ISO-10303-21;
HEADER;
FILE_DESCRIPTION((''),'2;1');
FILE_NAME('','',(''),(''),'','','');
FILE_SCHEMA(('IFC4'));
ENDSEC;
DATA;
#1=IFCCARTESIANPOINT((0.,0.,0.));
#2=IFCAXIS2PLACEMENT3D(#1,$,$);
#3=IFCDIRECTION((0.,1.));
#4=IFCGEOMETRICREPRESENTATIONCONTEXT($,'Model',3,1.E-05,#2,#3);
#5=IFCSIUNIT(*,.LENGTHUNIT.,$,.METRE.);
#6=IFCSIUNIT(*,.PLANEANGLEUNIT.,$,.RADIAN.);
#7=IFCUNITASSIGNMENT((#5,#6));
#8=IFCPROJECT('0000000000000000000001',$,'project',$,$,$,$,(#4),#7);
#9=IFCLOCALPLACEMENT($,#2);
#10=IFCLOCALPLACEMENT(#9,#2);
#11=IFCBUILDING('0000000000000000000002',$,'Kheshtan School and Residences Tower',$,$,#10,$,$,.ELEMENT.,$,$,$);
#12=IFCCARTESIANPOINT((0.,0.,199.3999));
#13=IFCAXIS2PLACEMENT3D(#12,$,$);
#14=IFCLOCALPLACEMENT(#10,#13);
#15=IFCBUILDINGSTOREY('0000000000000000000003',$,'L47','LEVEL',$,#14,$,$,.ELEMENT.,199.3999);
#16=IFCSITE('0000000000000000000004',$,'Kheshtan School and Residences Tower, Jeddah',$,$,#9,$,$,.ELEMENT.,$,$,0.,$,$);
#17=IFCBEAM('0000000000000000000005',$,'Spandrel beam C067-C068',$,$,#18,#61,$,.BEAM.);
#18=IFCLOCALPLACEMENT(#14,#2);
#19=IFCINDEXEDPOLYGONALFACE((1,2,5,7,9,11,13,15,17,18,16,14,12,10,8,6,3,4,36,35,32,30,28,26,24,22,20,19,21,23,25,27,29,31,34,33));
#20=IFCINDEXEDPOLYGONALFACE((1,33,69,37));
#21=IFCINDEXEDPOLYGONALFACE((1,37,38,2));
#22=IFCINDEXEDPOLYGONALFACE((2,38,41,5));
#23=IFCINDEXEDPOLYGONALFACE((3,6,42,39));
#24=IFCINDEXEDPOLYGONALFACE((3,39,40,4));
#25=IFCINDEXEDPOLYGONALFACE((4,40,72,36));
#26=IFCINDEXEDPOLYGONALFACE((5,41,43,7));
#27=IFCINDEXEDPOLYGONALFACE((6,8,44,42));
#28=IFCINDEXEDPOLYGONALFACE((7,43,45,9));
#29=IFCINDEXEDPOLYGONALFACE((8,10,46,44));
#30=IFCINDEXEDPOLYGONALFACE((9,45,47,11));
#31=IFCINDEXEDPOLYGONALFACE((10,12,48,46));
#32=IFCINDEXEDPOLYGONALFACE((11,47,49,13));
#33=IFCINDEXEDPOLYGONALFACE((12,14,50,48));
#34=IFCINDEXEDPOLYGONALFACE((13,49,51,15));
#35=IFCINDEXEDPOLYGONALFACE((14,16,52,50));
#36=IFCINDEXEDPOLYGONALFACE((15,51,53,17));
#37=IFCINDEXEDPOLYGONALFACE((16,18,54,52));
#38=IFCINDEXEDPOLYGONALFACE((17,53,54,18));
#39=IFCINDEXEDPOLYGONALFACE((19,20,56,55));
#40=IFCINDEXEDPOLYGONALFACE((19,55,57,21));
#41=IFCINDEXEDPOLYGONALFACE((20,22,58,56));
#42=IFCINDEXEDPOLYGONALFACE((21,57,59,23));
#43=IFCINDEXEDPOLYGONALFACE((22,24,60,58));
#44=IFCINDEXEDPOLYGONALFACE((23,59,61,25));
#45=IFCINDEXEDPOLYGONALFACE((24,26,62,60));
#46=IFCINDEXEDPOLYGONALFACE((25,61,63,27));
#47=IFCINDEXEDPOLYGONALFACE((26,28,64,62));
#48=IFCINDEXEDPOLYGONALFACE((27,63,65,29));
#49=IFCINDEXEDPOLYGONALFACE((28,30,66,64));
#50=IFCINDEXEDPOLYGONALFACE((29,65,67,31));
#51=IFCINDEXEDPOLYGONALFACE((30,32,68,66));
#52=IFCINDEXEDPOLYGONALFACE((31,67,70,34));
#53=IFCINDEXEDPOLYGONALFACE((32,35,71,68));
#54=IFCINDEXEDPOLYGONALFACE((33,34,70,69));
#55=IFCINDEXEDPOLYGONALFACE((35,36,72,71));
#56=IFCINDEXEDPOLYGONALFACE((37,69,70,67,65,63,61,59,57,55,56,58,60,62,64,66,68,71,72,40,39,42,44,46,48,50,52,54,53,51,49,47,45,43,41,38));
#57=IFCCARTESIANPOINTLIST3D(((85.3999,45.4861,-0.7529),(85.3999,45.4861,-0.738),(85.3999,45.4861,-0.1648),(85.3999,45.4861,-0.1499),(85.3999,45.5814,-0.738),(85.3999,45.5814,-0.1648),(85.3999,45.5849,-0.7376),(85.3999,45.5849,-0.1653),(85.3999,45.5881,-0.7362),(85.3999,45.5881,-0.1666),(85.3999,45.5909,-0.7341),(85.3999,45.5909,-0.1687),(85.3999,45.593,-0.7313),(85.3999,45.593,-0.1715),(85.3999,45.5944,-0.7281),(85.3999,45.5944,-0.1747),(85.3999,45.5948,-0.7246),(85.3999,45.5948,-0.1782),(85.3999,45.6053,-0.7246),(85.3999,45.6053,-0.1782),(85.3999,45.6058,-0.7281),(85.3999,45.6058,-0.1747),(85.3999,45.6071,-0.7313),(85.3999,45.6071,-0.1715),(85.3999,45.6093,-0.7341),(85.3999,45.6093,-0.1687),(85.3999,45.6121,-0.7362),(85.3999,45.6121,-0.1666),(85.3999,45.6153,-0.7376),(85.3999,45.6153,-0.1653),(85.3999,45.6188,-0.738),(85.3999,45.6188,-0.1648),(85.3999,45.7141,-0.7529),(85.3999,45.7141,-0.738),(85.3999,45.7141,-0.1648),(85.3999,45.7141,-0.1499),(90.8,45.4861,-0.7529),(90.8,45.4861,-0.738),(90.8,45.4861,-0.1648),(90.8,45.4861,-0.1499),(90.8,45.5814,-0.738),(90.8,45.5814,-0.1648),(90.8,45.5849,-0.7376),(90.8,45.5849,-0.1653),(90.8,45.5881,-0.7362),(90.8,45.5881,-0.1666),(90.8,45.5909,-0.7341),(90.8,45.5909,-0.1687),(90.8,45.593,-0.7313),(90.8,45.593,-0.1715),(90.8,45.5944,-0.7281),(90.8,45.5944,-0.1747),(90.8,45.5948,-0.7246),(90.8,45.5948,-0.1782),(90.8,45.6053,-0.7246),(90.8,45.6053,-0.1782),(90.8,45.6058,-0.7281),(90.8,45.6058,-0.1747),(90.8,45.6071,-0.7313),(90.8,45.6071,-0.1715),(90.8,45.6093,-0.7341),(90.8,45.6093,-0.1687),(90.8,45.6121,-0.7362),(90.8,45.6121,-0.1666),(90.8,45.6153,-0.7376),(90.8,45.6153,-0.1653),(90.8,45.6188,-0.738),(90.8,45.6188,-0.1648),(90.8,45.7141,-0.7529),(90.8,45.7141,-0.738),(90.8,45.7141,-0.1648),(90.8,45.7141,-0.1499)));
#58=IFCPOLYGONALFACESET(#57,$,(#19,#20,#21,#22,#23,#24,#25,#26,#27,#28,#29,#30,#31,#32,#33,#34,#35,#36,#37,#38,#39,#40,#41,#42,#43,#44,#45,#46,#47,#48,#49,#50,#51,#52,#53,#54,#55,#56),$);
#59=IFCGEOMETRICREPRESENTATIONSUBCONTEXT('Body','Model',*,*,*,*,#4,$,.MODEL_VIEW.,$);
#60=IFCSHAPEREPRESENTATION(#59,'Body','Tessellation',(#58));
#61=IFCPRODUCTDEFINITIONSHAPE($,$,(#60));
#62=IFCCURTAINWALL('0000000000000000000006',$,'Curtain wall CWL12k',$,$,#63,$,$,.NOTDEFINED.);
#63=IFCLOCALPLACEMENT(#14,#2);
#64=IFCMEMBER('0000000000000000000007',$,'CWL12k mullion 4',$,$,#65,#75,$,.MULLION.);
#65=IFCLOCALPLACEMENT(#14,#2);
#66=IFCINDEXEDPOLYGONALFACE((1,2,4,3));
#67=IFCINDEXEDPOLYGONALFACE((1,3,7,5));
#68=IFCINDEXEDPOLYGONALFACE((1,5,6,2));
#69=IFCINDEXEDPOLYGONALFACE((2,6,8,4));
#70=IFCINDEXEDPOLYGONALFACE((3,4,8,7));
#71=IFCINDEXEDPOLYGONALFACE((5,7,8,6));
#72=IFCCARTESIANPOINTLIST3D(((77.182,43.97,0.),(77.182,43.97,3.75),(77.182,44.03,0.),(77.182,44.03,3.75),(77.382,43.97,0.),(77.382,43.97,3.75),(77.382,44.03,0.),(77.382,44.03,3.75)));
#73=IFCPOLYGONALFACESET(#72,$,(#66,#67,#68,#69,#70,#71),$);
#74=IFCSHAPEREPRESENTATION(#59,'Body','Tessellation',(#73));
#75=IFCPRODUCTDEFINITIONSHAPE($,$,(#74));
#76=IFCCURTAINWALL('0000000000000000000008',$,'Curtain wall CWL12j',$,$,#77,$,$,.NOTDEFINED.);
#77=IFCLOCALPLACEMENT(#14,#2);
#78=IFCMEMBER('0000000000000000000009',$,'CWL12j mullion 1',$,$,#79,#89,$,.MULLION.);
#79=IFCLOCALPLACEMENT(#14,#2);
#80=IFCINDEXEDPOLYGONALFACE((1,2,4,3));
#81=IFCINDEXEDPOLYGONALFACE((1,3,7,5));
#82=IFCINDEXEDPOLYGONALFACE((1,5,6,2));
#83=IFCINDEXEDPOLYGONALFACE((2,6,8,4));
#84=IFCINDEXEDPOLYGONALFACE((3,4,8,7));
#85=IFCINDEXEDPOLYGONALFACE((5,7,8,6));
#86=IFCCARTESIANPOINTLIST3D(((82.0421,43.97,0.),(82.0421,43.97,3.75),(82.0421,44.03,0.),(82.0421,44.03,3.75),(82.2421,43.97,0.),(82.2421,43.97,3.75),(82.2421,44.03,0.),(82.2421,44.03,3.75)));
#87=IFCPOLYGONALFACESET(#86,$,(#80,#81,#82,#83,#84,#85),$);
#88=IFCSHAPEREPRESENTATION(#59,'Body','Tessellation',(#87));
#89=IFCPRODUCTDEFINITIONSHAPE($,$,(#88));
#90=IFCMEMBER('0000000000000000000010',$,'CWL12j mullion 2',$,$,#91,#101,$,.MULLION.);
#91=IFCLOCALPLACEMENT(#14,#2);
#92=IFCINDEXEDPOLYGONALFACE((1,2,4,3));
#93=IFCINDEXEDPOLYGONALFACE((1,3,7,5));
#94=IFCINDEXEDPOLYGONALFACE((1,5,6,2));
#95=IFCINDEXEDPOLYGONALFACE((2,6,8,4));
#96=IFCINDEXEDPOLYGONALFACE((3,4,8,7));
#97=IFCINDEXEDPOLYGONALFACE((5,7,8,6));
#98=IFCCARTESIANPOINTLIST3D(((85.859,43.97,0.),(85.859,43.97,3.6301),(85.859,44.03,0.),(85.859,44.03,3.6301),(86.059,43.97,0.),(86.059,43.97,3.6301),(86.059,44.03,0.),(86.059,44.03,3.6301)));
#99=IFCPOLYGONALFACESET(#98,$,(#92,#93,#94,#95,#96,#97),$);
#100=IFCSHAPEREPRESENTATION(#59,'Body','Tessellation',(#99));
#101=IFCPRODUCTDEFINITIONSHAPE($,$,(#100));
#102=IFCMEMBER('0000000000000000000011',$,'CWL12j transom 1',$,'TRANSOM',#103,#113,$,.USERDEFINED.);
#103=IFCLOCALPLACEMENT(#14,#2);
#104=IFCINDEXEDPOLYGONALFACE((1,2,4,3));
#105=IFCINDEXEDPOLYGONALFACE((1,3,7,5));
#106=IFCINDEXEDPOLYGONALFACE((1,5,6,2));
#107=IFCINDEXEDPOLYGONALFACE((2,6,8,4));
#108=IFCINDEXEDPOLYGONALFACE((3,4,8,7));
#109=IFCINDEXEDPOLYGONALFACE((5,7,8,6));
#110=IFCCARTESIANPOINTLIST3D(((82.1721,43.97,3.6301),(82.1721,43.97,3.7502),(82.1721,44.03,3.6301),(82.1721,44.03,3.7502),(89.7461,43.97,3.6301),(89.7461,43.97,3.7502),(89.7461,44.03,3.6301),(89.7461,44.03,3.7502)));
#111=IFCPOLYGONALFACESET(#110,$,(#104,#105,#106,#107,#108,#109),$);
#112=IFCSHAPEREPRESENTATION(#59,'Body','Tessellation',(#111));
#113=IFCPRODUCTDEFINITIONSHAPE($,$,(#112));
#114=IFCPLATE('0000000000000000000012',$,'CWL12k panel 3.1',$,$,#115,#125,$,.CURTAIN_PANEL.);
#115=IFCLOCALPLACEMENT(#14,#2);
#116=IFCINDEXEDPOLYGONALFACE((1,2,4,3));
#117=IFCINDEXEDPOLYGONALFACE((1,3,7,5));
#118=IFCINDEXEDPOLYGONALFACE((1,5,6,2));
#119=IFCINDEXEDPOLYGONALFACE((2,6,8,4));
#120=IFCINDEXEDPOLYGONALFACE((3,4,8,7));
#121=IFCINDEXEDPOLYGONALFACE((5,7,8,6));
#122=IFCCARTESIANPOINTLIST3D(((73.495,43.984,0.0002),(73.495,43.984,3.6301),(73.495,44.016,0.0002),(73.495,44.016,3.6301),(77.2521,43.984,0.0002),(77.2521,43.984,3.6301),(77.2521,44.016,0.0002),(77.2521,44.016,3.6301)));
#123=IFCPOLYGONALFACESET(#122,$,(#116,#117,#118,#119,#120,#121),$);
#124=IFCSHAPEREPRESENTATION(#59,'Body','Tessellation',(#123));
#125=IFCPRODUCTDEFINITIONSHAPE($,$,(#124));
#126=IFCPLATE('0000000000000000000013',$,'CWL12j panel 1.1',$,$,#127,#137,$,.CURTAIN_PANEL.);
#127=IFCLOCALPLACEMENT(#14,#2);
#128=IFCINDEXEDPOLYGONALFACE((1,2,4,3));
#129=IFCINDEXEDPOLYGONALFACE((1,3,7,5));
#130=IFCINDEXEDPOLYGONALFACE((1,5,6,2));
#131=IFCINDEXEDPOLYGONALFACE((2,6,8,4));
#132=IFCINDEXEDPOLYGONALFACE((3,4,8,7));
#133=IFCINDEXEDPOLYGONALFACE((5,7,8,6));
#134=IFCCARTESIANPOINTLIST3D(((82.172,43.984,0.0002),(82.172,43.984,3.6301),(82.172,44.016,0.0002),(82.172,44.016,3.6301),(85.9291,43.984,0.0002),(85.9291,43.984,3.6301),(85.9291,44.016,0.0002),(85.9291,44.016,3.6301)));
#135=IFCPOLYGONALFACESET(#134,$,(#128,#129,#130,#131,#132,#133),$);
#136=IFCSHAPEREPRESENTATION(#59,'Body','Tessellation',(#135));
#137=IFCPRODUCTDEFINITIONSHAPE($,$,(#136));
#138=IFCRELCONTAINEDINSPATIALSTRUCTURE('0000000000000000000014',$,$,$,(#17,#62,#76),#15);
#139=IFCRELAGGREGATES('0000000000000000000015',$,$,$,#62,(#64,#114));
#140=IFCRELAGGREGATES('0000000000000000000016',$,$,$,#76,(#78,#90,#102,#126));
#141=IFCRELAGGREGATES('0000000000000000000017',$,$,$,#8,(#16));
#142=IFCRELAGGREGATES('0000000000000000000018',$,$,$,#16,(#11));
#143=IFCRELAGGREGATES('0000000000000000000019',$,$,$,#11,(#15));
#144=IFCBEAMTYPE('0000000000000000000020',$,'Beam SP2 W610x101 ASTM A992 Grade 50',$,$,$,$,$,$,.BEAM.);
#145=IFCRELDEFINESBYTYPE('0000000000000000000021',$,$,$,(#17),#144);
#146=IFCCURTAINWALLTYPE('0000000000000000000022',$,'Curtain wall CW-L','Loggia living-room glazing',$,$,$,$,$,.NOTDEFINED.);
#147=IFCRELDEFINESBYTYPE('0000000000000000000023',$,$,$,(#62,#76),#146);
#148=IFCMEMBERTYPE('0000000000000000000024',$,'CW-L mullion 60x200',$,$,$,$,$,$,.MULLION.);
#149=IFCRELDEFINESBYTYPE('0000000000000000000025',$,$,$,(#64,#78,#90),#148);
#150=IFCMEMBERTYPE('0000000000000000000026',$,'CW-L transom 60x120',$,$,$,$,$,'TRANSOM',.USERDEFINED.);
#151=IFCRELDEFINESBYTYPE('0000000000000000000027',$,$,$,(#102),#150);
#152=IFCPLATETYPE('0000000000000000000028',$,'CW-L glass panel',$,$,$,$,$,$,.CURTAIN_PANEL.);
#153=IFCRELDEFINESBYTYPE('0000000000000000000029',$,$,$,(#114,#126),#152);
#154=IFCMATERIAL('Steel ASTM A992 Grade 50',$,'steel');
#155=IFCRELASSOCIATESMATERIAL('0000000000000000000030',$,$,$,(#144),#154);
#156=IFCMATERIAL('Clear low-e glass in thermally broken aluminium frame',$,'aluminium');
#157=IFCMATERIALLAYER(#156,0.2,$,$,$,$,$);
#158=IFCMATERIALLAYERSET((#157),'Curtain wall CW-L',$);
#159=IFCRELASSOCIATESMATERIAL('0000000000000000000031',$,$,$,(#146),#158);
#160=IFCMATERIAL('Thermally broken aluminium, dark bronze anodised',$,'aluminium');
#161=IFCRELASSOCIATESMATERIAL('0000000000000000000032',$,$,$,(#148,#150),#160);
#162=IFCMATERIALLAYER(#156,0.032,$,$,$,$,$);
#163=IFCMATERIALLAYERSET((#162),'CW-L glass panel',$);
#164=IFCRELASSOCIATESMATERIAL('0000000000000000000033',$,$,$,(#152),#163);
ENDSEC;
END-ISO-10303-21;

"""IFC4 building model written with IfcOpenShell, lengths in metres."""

from ifc_helpers import new_model, si_unit, direction, frame, origin, origin_2d, place, context, subcontext, project, spatial, rectangle, i_section, extrude, material, layer, layer_set, material_profile, profile_set, type_object, element, aggregate, save


model = new_model("IFC4")

# Units and contexts
model_context = context("Model", 3, precision=1e-05, world=origin(), true_north=direction((0.0, 1.0)))
body_context = subcontext(model_context, "Body", "Model", "MODEL_VIEW")
ifc_project = project(units=[si_unit("LENGTHUNIT", "METRE"), si_unit("PLANEANGLEUNIT", "RADIAN")], contexts=[model_context])

# Site, building, storey
site_placement = place(None, origin())
site = spatial("IfcSite", under=ifc_project, at=site_placement, Name="Kheshtan School and Residences Tower, Jeddah", CompositionType="ELEMENT", RefElevation=0.0)
building_placement = place(site_placement, origin())
building = spatial("IfcBuilding", under=site, at=building_placement, Name="Kheshtan School and Residences Tower", CompositionType="ELEMENT")
storey_placement = place(building_placement, frame((0.0, 0.0, 199.3999)))
storey = spatial("IfcBuildingStorey", under=building, at=storey_placement, Name="L47", Description="LEVEL", CompositionType="ELEMENT", Elevation=199.3999)

# Shared definitions
ifc_material_1 = material(Name="Steel ASTM A992 Grade 50", Category="steel")

# Beam
ifc_material_profile_1 = material_profile(ifc_material_1, i_section(OverallWidth=0.228, OverallDepth=0.603, WebThickness=0.0105, FlangeThickness=0.0149, FilletRadius=0.0134, at=origin_2d()), Name="W610x101")
ifc_profile_set_1 = profile_set([ifc_material_profile_1], Name="Steel ASTM A992 Grade 50")
beam_type_1 = type_object("IfcBeamType", Name="Beam SP2 W610x101 ASTM A992 Grade 50", PredefinedType="BEAM", material=ifc_profile_set_1)
beam_1_placement = place(storey_placement, frame((85.3999, 45.6001, -0.4514), z_axis=(1.0, 0.0, 0.0), x_axis=(0.0, 1.0, 0.0)))
element("IfcBeam", 1, at=beam_1_placement, inside=storey, type_object=beam_type_1, Name="Spandrel beam C067-C068", PredefinedType="BEAM", context=body_context, shape_type="SweptSolid", body=[
    extrude(i_section(OverallWidth=0.228, OverallDepth=0.603, WebThickness=0.0105, FlangeThickness=0.0149, FilletRadius=0.0134, at=origin_2d()), origin(), (0.0, 0.0, 1.0), 5.4001),
])

# Curtain wall, member
ifc_material_2 = material(Name="Clear low-e glass in thermally broken aluminium frame", Category="aluminium")
ifc_layer_1 = layer(ifc_material_2, 0.2)
ifc_layer_set_1 = layer_set([ifc_layer_1], Name="Curtain wall CW-L")
curtain_wall_type = type_object("IfcCurtainWallType", Name="Curtain wall CW-L", Description="Loggia living-room glazing", PredefinedType="NOTDEFINED", material=ifc_layer_set_1)
curtain_wall_1_placement = place(storey_placement, origin())
curtain_wall_1 = element("IfcCurtainWall", 2, at=curtain_wall_1_placement, inside=storey, type_object=curtain_wall_type, Name="Curtain wall CWL12k", PredefinedType="NOTDEFINED")
ifc_material_3 = material(Name="Thermally broken aluminium, dark bronze anodised", Category="aluminium")
ifc_material_profile_2 = material_profile(ifc_material_3, rectangle(XDim=0.0601, YDim=0.2, at=origin_2d()), Name="CW-L mullion 60x200")
ifc_profile_set_2 = profile_set([ifc_material_profile_2], Name="Thermally broken aluminium, dark bronze anodised")
member_type_1 = type_object("IfcMemberType", Name="CW-L mullion 60x200", PredefinedType="MULLION", material=ifc_profile_set_2)
member_1_placement = place(storey_placement, frame((77.282, 44.0, 0.0), z_axis=(0.0, 0.0, 1.0), x_axis=(0.0, 1.0, 0.0)))
member_1 = element("IfcMember", 3, at=member_1_placement, type_object=member_type_1, Name="CWL12k mullion 4", PredefinedType="MULLION", context=body_context, shape_type="SweptSolid", body=[
    extrude(rectangle(XDim=0.0601, YDim=0.2, at=origin_2d()), origin(), (0.0, 0.0, 1.0), 3.75),
])

# Curtain wall, members
curtain_wall_2_placement = place(storey_placement, origin())
curtain_wall_2 = element("IfcCurtainWall", 4, at=curtain_wall_2_placement, inside=storey, type_object=curtain_wall_type, Name="Curtain wall CWL12j", PredefinedType="NOTDEFINED")
member_2_placement = place(storey_placement, frame((82.1421, 44.0, 0.0), z_axis=(0.0, 0.0, 1.0), x_axis=(0.0, 1.0, 0.0)))
member_2 = element("IfcMember", 5, at=member_2_placement, type_object=member_type_1, Name="CWL12j mullion 1", PredefinedType="MULLION", context=body_context, shape_type="SweptSolid", body=[
    extrude(rectangle(XDim=0.0601, YDim=0.2, at=origin_2d()), origin(), (0.0, 0.0, 1.0), 3.75),
])
member_3_placement = place(storey_placement, frame((85.959, 44.0, 0.0), z_axis=(0.0, 0.0, 1.0), x_axis=(0.0, 1.0, 0.0)))
member_3 = element("IfcMember", 6, at=member_3_placement, type_object=member_type_1, Name="CWL12j mullion 2", PredefinedType="MULLION", context=body_context, shape_type="SweptSolid", body=[
    extrude(rectangle(XDim=0.0601, YDim=0.2, at=origin_2d()), origin(), (0.0, 0.0, 1.0), 3.6301),
])
ifc_material_profile_3 = material_profile(ifc_material_3, rectangle(XDim=0.0601, YDim=0.1201, at=origin_2d()), Name="CW-L transom 60x120")
ifc_profile_set_3 = profile_set([ifc_material_profile_3], Name="Thermally broken aluminium, dark bronze anodised")
member_type_2 = type_object("IfcMemberType", Name="CW-L transom 60x120", ElementType="TRANSOM", PredefinedType="USERDEFINED", material=ifc_profile_set_3)
member_4_placement = place(storey_placement, frame((82.1721, 44.0, 3.6902), z_axis=(1.0, 0.0, 0.0), x_axis=(0.0, 1.0, 0.0)))
member_4 = element("IfcMember", 7, at=member_4_placement, type_object=member_type_2, Name="CWL12j transom 1", ObjectType="TRANSOM", PredefinedType="USERDEFINED", context=body_context, shape_type="SweptSolid", body=[
    extrude(rectangle(XDim=0.0601, YDim=0.1201, at=origin_2d()), origin(), (0.0, 0.0, 1.0), 7.574),
])

# Plates
ifc_layer_2 = layer(ifc_material_2, 0.032)
ifc_layer_set_2 = layer_set([ifc_layer_2], Name="CW-L glass panel")
plate_type = type_object("IfcPlateType", Name="CW-L glass panel", PredefinedType="CURTAIN_PANEL", material=ifc_layer_set_2)
plate_1_placement = place(storey_placement, frame((75.3735, 44.0, 0.0002), z_axis=(0.0, 0.0, 1.0), x_axis=(1.0, 0.0, 0.0)))
plate_1 = element("IfcPlate", 8, at=plate_1_placement, type_object=plate_type, Name="CWL12k panel 3.1", PredefinedType="CURTAIN_PANEL", context=body_context, shape_type="SweptSolid", body=[
    extrude(rectangle(XDim=3.7571, YDim=0.032, at=origin_2d()), origin(), (0.0, 0.0, 1.0), 3.6299),
])
aggregate(curtain_wall_1, [member_1, plate_1])
plate_2_placement = place(storey_placement, frame((84.0505, 44.0, 0.0002), z_axis=(0.0, 0.0, 1.0), x_axis=(1.0, 0.0, 0.0)))
plate_2 = element("IfcPlate", 9, at=plate_2_placement, type_object=plate_type, Name="CWL12j panel 1.1", PredefinedType="CURTAIN_PANEL", context=body_context, shape_type="SweptSolid", body=[
    extrude(rectangle(XDim=3.7571, YDim=0.032, at=origin_2d()), origin(), (0.0, 0.0, 1.0), 3.6299),
])
aggregate(curtain_wall_2, [member_2, member_3, member_4, plate_2])

save(model, "model.ifc")
